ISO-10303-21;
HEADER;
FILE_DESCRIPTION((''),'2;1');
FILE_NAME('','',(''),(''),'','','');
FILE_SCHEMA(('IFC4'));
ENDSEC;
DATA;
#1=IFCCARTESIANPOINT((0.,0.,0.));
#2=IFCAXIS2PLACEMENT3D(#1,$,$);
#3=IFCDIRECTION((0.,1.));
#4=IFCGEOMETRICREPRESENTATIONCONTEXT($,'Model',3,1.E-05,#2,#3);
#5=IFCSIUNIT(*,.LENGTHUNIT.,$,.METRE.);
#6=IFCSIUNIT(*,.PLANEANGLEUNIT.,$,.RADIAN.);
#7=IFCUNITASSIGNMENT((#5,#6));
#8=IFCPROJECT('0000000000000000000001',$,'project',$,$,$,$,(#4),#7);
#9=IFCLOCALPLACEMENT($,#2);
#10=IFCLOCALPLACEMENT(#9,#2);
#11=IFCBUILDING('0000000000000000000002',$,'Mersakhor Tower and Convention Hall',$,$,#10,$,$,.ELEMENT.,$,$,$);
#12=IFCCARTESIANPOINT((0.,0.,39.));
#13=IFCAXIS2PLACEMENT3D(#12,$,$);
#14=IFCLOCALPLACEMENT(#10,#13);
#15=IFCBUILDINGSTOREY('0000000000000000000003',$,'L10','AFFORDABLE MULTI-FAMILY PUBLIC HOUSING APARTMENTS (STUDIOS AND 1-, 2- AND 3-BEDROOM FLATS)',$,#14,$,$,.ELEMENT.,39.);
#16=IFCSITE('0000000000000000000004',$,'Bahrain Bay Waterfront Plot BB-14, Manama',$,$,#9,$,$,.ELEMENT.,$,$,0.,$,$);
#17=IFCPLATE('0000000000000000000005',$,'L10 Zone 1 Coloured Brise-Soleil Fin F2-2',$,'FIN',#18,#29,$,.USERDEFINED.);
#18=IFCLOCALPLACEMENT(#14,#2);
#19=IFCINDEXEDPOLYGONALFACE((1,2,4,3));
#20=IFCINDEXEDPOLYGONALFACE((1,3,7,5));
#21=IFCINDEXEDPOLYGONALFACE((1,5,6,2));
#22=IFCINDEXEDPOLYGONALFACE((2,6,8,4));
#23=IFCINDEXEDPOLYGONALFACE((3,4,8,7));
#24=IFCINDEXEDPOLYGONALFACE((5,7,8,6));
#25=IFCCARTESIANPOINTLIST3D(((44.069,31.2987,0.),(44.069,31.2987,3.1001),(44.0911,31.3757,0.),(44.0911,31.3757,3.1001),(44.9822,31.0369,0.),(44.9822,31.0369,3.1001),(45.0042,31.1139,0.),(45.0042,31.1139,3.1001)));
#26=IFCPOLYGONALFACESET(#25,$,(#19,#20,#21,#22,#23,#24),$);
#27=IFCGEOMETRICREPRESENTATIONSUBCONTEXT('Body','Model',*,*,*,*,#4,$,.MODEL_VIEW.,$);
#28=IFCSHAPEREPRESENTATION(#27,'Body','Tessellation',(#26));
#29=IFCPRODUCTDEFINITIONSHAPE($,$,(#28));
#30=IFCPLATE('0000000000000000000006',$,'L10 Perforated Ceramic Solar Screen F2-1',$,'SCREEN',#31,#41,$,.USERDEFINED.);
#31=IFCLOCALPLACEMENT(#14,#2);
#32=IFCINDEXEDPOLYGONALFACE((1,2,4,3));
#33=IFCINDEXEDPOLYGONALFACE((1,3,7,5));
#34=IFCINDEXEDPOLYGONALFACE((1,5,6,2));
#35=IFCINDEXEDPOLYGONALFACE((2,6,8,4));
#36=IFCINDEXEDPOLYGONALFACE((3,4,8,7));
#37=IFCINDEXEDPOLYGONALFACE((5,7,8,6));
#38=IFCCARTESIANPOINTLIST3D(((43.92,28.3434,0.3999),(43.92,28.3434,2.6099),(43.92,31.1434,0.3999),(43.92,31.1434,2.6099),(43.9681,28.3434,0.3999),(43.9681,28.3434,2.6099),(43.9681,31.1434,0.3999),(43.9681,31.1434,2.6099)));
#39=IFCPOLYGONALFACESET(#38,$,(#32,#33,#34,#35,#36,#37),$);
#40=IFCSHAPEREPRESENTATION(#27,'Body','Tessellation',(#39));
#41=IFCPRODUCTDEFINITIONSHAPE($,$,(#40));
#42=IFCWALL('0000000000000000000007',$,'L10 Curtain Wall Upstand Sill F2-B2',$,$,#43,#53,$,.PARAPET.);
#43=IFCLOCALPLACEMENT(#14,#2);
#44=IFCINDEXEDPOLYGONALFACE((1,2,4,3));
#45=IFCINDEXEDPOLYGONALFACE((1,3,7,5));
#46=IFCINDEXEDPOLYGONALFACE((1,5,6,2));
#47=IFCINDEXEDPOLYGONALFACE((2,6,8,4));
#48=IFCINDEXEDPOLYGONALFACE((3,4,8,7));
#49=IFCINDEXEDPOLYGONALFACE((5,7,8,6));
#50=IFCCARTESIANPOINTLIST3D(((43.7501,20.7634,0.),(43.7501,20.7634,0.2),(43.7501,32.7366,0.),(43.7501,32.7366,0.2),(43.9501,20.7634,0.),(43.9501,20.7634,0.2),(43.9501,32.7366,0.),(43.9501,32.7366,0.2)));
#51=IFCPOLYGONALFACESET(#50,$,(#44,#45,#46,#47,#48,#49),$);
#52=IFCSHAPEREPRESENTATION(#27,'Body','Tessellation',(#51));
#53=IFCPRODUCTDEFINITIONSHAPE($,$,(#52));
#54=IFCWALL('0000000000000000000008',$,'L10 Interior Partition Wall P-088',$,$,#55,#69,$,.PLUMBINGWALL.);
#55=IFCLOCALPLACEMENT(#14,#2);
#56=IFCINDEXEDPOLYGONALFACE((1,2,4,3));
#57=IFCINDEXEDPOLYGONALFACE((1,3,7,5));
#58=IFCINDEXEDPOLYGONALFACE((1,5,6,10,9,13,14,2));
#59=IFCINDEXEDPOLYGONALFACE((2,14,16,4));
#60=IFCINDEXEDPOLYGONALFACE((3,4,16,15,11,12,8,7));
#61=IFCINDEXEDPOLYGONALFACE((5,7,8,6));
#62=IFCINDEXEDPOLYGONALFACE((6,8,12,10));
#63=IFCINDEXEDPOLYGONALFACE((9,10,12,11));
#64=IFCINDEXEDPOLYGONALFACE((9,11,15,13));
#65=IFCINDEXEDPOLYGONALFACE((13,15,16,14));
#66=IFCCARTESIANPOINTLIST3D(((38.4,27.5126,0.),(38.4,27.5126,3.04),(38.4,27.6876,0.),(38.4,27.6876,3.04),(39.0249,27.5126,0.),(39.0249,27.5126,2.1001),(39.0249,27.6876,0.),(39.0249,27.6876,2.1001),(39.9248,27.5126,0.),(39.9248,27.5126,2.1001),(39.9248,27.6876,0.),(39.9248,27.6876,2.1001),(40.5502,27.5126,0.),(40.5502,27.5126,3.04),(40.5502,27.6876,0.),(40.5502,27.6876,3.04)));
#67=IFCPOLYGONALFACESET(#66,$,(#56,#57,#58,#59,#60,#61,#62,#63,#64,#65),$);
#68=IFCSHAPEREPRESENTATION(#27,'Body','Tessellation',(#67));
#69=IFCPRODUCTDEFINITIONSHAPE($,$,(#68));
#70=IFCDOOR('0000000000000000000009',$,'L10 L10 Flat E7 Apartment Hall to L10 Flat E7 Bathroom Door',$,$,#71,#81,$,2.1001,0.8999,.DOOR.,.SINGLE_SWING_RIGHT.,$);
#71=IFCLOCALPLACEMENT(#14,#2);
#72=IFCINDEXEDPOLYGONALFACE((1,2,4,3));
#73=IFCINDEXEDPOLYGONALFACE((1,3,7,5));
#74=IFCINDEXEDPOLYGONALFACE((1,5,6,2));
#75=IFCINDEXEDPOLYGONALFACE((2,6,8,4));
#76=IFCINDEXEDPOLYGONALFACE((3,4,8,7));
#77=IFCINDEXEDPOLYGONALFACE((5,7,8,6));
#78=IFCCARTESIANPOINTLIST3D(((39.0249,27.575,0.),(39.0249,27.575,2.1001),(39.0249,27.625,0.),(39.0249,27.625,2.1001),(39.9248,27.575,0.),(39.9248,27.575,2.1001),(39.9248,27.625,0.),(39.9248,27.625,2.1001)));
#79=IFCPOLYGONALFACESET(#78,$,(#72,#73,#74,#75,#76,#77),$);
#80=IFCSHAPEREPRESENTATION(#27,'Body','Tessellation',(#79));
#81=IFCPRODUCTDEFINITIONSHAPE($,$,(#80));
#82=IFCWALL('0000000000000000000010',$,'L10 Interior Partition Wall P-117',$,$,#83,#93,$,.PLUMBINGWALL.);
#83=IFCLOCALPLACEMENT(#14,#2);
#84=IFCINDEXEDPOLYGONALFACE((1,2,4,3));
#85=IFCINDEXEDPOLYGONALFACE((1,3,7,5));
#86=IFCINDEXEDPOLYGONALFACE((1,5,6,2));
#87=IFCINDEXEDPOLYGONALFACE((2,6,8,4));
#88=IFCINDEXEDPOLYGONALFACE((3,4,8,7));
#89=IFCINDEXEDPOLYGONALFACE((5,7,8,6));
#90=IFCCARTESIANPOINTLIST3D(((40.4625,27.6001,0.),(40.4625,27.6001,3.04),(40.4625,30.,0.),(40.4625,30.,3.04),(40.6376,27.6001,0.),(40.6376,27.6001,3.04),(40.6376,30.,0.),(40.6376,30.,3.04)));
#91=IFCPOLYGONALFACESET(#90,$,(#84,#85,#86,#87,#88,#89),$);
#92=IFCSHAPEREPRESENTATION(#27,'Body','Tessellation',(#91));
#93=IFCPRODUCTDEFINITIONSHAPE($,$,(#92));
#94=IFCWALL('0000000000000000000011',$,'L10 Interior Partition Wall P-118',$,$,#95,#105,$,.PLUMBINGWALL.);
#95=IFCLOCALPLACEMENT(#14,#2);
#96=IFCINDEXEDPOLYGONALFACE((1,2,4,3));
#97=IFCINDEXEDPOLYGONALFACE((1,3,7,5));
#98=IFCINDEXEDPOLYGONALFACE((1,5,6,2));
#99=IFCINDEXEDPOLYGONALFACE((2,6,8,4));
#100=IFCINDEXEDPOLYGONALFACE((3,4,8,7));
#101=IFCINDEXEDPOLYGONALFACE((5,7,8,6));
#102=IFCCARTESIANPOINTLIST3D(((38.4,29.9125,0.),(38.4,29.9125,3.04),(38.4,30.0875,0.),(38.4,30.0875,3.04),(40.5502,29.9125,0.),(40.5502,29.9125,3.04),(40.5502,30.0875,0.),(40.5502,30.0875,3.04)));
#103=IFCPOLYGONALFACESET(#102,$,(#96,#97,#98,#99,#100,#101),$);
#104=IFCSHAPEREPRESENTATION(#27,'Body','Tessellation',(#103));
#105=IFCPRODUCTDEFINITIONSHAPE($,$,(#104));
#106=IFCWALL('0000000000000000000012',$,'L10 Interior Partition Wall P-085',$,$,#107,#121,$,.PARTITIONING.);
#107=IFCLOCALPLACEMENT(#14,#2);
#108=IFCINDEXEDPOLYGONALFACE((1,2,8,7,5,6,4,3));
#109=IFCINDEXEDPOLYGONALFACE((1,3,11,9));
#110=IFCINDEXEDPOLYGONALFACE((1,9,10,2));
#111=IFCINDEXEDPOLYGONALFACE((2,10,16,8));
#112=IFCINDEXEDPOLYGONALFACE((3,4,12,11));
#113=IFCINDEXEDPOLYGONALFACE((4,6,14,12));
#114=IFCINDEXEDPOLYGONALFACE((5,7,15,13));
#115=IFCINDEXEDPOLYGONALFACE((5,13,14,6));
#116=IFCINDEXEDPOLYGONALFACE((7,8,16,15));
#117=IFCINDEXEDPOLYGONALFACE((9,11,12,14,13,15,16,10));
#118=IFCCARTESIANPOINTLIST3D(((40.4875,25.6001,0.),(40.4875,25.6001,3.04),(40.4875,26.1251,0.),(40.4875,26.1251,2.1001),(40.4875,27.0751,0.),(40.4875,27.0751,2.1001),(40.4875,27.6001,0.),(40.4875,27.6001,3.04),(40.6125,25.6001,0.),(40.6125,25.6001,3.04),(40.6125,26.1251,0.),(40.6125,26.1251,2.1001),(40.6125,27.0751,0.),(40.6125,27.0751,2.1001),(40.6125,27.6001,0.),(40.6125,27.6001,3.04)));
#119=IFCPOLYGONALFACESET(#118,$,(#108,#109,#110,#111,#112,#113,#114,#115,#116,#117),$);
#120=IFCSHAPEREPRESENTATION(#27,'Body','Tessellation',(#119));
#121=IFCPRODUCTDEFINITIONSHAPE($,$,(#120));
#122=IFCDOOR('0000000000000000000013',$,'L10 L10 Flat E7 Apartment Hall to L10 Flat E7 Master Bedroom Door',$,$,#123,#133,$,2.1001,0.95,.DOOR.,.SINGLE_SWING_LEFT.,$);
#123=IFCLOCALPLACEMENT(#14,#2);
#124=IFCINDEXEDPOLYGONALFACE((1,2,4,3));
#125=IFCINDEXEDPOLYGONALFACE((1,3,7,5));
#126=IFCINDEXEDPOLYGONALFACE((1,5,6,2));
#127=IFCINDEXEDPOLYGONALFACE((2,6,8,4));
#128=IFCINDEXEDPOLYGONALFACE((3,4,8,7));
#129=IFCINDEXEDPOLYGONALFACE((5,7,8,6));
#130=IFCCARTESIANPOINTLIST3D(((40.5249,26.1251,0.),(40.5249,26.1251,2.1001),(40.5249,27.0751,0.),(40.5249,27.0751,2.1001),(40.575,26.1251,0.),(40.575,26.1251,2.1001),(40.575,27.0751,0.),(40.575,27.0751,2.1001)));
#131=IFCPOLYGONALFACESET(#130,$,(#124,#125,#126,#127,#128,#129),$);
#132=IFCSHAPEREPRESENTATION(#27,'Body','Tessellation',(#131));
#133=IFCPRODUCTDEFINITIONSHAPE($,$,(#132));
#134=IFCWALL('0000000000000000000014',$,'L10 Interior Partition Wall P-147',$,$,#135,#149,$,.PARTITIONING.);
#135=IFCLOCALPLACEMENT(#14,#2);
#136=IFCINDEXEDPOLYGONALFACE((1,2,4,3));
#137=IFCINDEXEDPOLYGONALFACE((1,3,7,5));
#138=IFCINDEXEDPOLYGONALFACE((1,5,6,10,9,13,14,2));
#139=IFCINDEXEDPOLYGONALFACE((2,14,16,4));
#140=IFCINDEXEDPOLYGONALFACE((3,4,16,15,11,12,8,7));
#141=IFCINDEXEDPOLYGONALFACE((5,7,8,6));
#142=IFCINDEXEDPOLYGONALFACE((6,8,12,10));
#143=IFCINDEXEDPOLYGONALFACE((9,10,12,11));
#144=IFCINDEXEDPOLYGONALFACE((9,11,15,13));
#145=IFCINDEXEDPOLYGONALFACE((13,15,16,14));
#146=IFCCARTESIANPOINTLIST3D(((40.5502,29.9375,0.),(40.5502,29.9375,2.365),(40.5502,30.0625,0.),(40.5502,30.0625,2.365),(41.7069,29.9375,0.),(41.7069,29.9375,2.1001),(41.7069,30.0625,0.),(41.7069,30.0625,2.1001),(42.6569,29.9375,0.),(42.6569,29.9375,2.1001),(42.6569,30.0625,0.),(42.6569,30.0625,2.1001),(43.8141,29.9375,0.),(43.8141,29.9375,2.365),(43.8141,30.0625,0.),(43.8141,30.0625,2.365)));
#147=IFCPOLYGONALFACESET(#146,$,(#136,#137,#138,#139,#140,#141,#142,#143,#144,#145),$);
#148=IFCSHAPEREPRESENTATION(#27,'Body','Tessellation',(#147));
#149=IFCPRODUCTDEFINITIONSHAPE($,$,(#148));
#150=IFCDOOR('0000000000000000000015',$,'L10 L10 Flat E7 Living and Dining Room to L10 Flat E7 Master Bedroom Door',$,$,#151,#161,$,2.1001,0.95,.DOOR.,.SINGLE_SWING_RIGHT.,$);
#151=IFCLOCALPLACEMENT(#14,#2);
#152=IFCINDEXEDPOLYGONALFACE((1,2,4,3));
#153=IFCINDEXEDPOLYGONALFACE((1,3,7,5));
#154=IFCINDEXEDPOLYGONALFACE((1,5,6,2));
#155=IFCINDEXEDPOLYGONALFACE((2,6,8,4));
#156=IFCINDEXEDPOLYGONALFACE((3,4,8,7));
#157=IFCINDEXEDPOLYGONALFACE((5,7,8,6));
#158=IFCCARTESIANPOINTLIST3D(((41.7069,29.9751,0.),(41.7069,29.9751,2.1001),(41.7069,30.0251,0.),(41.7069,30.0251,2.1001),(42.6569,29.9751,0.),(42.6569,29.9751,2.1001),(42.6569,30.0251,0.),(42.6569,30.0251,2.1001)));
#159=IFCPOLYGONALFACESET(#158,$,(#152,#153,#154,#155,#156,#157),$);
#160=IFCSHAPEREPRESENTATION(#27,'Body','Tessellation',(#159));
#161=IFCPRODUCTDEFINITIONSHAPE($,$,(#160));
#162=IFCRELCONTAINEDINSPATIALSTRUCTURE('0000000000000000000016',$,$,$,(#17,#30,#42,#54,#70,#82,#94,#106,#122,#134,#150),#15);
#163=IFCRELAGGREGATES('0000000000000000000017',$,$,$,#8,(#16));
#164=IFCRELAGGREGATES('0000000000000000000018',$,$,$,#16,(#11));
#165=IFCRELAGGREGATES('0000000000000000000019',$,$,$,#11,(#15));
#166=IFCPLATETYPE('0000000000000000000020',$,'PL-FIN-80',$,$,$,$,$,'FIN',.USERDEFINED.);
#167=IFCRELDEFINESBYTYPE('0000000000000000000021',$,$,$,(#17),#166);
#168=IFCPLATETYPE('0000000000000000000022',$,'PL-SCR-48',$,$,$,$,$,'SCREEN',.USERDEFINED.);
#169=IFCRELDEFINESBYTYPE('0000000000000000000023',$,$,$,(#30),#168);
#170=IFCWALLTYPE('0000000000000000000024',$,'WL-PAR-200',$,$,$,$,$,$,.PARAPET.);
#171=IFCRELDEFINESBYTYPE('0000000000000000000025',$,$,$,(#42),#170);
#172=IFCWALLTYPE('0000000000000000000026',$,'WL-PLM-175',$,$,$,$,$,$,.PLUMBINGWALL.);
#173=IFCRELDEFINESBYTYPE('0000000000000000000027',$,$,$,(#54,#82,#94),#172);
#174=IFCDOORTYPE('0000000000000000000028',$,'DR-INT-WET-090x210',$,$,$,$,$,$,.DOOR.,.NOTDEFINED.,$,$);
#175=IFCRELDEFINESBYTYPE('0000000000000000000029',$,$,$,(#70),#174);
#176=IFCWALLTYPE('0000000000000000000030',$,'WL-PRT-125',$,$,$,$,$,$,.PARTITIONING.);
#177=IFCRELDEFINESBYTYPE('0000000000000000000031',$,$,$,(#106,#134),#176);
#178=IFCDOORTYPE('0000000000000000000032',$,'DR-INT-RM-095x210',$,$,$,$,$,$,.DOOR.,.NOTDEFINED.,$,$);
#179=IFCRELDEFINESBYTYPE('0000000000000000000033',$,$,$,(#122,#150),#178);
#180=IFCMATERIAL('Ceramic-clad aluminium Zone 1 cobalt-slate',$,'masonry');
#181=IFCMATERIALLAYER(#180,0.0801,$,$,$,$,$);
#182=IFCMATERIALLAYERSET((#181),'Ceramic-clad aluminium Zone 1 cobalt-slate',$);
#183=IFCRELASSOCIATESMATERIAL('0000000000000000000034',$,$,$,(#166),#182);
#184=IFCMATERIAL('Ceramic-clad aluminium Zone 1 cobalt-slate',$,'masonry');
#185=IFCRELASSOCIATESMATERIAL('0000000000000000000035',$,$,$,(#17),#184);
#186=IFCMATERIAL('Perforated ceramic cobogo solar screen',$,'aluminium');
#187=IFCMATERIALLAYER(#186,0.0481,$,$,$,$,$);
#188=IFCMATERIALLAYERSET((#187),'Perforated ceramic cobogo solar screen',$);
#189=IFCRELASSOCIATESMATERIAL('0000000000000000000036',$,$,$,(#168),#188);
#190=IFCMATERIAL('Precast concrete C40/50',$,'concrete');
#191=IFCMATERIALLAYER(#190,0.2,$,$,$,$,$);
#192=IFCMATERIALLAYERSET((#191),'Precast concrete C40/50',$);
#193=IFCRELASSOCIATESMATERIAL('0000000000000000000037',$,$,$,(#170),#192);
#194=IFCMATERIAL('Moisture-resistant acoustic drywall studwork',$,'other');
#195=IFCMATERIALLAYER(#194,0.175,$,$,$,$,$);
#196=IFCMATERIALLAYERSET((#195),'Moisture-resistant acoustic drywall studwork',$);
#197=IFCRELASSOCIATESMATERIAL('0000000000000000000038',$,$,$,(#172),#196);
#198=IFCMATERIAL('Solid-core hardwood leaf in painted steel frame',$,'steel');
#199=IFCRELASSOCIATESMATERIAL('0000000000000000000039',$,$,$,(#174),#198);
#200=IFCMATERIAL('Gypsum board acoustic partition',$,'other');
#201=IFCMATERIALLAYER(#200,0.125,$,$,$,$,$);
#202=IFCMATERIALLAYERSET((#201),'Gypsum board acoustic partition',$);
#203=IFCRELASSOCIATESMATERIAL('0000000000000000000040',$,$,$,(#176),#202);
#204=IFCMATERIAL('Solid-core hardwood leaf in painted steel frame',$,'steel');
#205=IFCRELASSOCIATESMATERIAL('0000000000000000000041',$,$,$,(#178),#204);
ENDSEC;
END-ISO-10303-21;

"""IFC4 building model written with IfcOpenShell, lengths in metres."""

from ifc_helpers import new_model, si_unit, direction, frame, frame_2d, origin, origin_2d, place, context, subcontext, project, spatial, rectangle, extrude, material, layer, layer_set, type_object, element, fill, save


model = new_model("IFC4")

# Units and contexts
model_context = context("Model", 3, precision=1e-05, world=origin(), true_north=direction((0.0, 1.0)))
body_context = subcontext(model_context, "Body", "Model", "MODEL_VIEW")
ifc_project = project(units=[si_unit("LENGTHUNIT", "METRE"), si_unit("PLANEANGLEUNIT", "RADIAN")], contexts=[model_context])

# Site, building, storey
site_placement = place(None, origin())
site = spatial("IfcSite", under=ifc_project, at=site_placement, Name="Bahrain Bay Waterfront Plot BB-14, Manama", CompositionType="ELEMENT", RefElevation=0.0)
building_placement = place(site_placement, origin())
building = spatial("IfcBuilding", under=site, at=building_placement, Name="Mersakhor Tower and Convention Hall", CompositionType="ELEMENT")
storey_placement = place(building_placement, frame((0.0, 0.0, 39.0)))
storey = spatial("IfcBuildingStorey", under=building, at=storey_placement, Name="L10", Description="AFFORDABLE MULTI-FAMILY PUBLIC HOUSING APARTMENTS (STUDIOS AND 1-, 2- AND 3-BEDROOM FLATS)", CompositionType="ELEMENT", Elevation=39.0)

# Plates
ifc_material_1 = material(Name="Ceramic-clad aluminium Zone 1 cobalt-slate", Category="masonry")
ifc_material_2 = material(Name="Ceramic-clad aluminium Zone 1 cobalt-slate", Category="masonry")
ifc_layer_1 = layer(ifc_material_2, 0.0801)
ifc_layer_set_1 = layer_set([ifc_layer_1], Name="Ceramic-clad aluminium Zone 1 cobalt-slate")
plate_type_1 = type_object("IfcPlateType", Name="PL-FIN-80", ElementType="FIN", PredefinedType="USERDEFINED", material=ifc_layer_set_1)
plate_1_placement = place(storey_placement, frame((44.5366, 31.2063, 0.0), z_axis=(0.0, 0.0, 1.0), x_axis=(0.961262, -0.275637, 0.0)))
element("IfcPlate", 1, at=plate_1_placement, inside=storey, type_object=plate_type_1, material=ifc_material_1, Name="L10 Zone 1 Coloured Brise-Soleil Fin F2-2", ObjectType="FIN", PredefinedType="USERDEFINED", context=body_context, shape_type="SweptSolid", body=[
    extrude(rectangle(XDim=0.95, YDim=0.0801, at=origin_2d()), origin(), (0.0, 0.0, 1.0), 3.1001),
])
ifc_material_3 = material(Name="Perforated ceramic cobogo solar screen", Category="aluminium")
ifc_layer_2 = layer(ifc_material_3, 0.0481)
ifc_layer_set_2 = layer_set([ifc_layer_2], Name="Perforated ceramic cobogo solar screen")
plate_type_2 = type_object("IfcPlateType", Name="PL-SCR-48", ElementType="SCREEN", PredefinedType="USERDEFINED", material=ifc_layer_set_2)
plate_2_placement = place(storey_placement, frame((43.9441, 29.7434, 0.3999), z_axis=(0.0, 0.0, 1.0), x_axis=(0.0, -1.0, 0.0)))
element("IfcPlate", 2, at=plate_2_placement, inside=storey, type_object=plate_type_2, Name="L10 Perforated Ceramic Solar Screen F2-1", ObjectType="SCREEN", PredefinedType="USERDEFINED", context=body_context, shape_type="SweptSolid", body=[
    extrude(rectangle(XDim=2.8, YDim=0.0481, at=origin_2d()), origin(), (0.0, 0.0, 1.0), 2.21),
])

# Wall
ifc_material_4 = material(Name="Precast concrete C40/50", Category="concrete")
ifc_layer_3 = layer(ifc_material_4, 0.2)
ifc_layer_set_3 = layer_set([ifc_layer_3], Name="Precast concrete C40/50")
wall_type_1 = type_object("IfcWallType", Name="WL-PAR-200", PredefinedType="PARAPET", material=ifc_layer_set_3)
wall_1_placement = place(storey_placement, frame((43.8501, 32.7366, 0.0), z_axis=(0.0, 0.0, 1.0), x_axis=(0.0, -1.0, 0.0)))
element("IfcWall", 3, at=wall_1_placement, inside=storey, type_object=wall_type_1, Name="L10 Curtain Wall Upstand Sill F2-B2", PredefinedType="PARAPET", context=body_context, shape_type="SweptSolid", body=[
    extrude(rectangle(XDim=11.9731, YDim=0.2, at=frame_2d((5.9866, 0.0))), origin(), (0.0, 0.0, 1.0), 0.2),
])

# Wall, opening, door
ifc_material_5 = material(Name="Moisture-resistant acoustic drywall studwork", Category="other")
ifc_layer_4 = layer(ifc_material_5, 0.175)
ifc_layer_set_4 = layer_set([ifc_layer_4], Name="Moisture-resistant acoustic drywall studwork")
wall_type_2 = type_object("IfcWallType", Name="WL-PLM-175", PredefinedType="PLUMBINGWALL", material=ifc_layer_set_4)
wall_2_placement = place(storey_placement, frame((38.3999, 27.6001, 0.0), z_axis=(0.0, 0.0, 1.0), x_axis=(1.0, 0.0, 0.0)))
wall_2 = element("IfcWall", 4, at=wall_2_placement, inside=storey, type_object=wall_type_2, Name="L10 Interior Partition Wall P-088", PredefinedType="PLUMBINGWALL", context=body_context, shape_type="SweptSolid", body=[
    extrude(rectangle(XDim=2.1501, YDim=0.175, at=frame_2d((1.0752, 0.0))), origin(), (0.0, 0.0, 1.0), 3.04),
])
opening_1_placement = place(wall_2_placement, frame((0.625, 0.0, 0.0)))
opening_1 = element("IfcOpeningElement", 5, at=opening_1_placement, cuts=wall_2, PredefinedType="OPENING", context=body_context, shape_type="SweptSolid", body=[
    extrude(rectangle(XDim=0.8999, YDim=2.1001, at=frame_2d((0.45, 1.05))), frame((0.0, 0.0974, 0.0), z_axis=(0.0, -1.0, 0.0), x_axis=(1.0, 0.0, 0.0)), (0.0, 0.0, 1.0), 0.1951),
])
ifc_material_6 = material(Name="Solid-core hardwood leaf in painted steel frame", Category="steel")
door_type_1 = type_object("IfcDoorType", Name="DR-INT-WET-090x210", OperationType="NOTDEFINED", PredefinedType="DOOR", material=ifc_material_6)
door_1_placement = place(opening_1_placement, origin())
door_1 = element("IfcDoor", 6, at=door_1_placement, inside=storey, type_object=door_type_1, Name="L10 L10 Flat E7 Apartment Hall to L10 Flat E7 Bathroom Door", OperationType="SINGLE_SWING_RIGHT", OverallHeight=2.1001, OverallWidth=0.8999, PredefinedType="DOOR", context=body_context, shape_type="SweptSolid", body=[
    extrude(rectangle(XDim=0.8999, YDim=2.1001, at=frame_2d((0.45, 1.05))), frame((0.0, 0.0249, 0.0), z_axis=(0.0, -1.0, 0.0), x_axis=(1.0, 0.0, 0.0)), (0.0, 0.0, 1.0), 0.05),
])
fill(opening_1, door_1)

# Walls
wall_3_placement = place(storey_placement, frame((40.55, 30.0, 0.0), z_axis=(0.0, 0.0, 1.0), x_axis=(0.0, -1.0, 0.0)))
element("IfcWall", 7, at=wall_3_placement, inside=storey, type_object=wall_type_2, Name="L10 Interior Partition Wall P-117", PredefinedType="PLUMBINGWALL", context=body_context, shape_type="SweptSolid", body=[
    extrude(rectangle(XDim=2.3999, YDim=0.175, at=frame_2d((1.2, 0.0))), origin(), (0.0, 0.0, 1.0), 3.04),
])
wall_4_placement = place(storey_placement, frame((38.3999, 30.0, 0.0), z_axis=(0.0, 0.0, 1.0), x_axis=(1.0, 0.0, 0.0)))
element("IfcWall", 8, at=wall_4_placement, inside=storey, type_object=wall_type_2, Name="L10 Interior Partition Wall P-118", PredefinedType="PLUMBINGWALL", context=body_context, shape_type="SweptSolid", body=[
    extrude(rectangle(XDim=2.1501, YDim=0.175, at=frame_2d((1.0752, 0.0))), origin(), (0.0, 0.0, 1.0), 3.04),
])

# Walls, openings, doors
ifc_material_7 = material(Name="Gypsum board acoustic partition", Category="other")
ifc_layer_5 = layer(ifc_material_7, 0.125)
ifc_layer_set_5 = layer_set([ifc_layer_5], Name="Gypsum board acoustic partition")
wall_type_3 = type_object("IfcWallType", Name="WL-PRT-125", PredefinedType="PARTITIONING", material=ifc_layer_set_5)
wall_5_placement = place(storey_placement, frame((40.55, 27.6001, 0.0), z_axis=(0.0, 0.0, 1.0), x_axis=(0.0, -1.0, 0.0)))
wall_5 = element("IfcWall", 9, at=wall_5_placement, inside=storey, type_object=wall_type_3, Name="L10 Interior Partition Wall P-085", PredefinedType="PARTITIONING", context=body_context, shape_type="SweptSolid", body=[
    extrude(rectangle(XDim=2.0, YDim=0.125, at=frame_2d((1.0, 0.0))), origin(), (0.0, 0.0, 1.0), 3.04),
])
opening_2_placement = place(wall_5_placement, frame((0.5249, 0.0, 0.0)))
opening_2 = element("IfcOpeningElement", 10, at=opening_2_placement, cuts=wall_5, PredefinedType="OPENING", context=body_context, shape_type="SweptSolid", body=[
    extrude(rectangle(XDim=0.95, YDim=2.1001, at=frame_2d((0.4751, 1.05))), frame((0.0, 0.0725, 0.0), z_axis=(0.0, -1.0, 0.0), x_axis=(1.0, 0.0, 0.0)), (0.0, 0.0, 1.0), 0.145),
])
ifc_material_8 = material(Name="Solid-core hardwood leaf in painted steel frame", Category="steel")
door_type_2 = type_object("IfcDoorType", Name="DR-INT-RM-095x210", OperationType="NOTDEFINED", PredefinedType="DOOR", material=ifc_material_8)
door_2_placement = place(opening_2_placement, origin())
door_2 = element("IfcDoor", 11, at=door_2_placement, inside=storey, type_object=door_type_2, Name="L10 L10 Flat E7 Apartment Hall to L10 Flat E7 Master Bedroom Door", OperationType="SINGLE_SWING_LEFT", OverallHeight=2.1001, OverallWidth=0.95, PredefinedType="DOOR", context=body_context, shape_type="SweptSolid", body=[
    extrude(rectangle(XDim=0.95, YDim=2.1001, at=frame_2d((0.4751, 1.05))), frame((0.0, 0.0249, 0.0), z_axis=(0.0, -1.0, 0.0), x_axis=(1.0, 0.0, 0.0)), (0.0, 0.0, 1.0), 0.05),
])
fill(opening_2, door_2)
wall_6_placement = place(storey_placement, frame((43.814, 30.0, 0.0), z_axis=(0.0, 0.0, 1.0), x_axis=(-1.0, 0.0, 0.0)))
wall_6 = element("IfcWall", 12, at=wall_6_placement, inside=storey, type_object=wall_type_3, Name="L10 Interior Partition Wall P-147", PredefinedType="PARTITIONING", context=body_context, shape_type="SweptSolid", body=[
    extrude(rectangle(XDim=3.2639, YDim=0.125, at=frame_2d((1.6318, 0.0))), origin(), (0.0, 0.0, 1.0), 2.365),
])
opening_3_placement = place(wall_6_placement, frame((1.157, 0.0, 0.0)))
opening_3 = element("IfcOpeningElement", 13, at=opening_3_placement, cuts=wall_6, PredefinedType="OPENING", context=body_context, shape_type="SweptSolid", body=[
    extrude(rectangle(XDim=0.95, YDim=2.1001, at=frame_2d((0.4751, 1.05))), frame((0.0, 0.0725, 0.0), z_axis=(0.0, -1.0, 0.0), x_axis=(1.0, 0.0, 0.0)), (0.0, 0.0, 1.0), 0.145),
])
door_3_placement = place(opening_3_placement, origin())
door_3 = element("IfcDoor", 14, at=door_3_placement, inside=storey, type_object=door_type_2, Name="L10 L10 Flat E7 Living and Dining Room to L10 Flat E7 Master Bedroom Door", OperationType="SINGLE_SWING_RIGHT", OverallHeight=2.1001, OverallWidth=0.95, PredefinedType="DOOR", context=body_context, shape_type="SweptSolid", body=[
    extrude(rectangle(XDim=0.95, YDim=2.1001, at=frame_2d((0.4751, 1.05))), frame((0.0, 0.0249, 0.0), z_axis=(0.0, -1.0, 0.0), x_axis=(1.0, 0.0, 0.0)), (0.0, 0.0, 1.0), 0.05),
])
fill(opening_3, door_3)

save(model, "model.ifc")
